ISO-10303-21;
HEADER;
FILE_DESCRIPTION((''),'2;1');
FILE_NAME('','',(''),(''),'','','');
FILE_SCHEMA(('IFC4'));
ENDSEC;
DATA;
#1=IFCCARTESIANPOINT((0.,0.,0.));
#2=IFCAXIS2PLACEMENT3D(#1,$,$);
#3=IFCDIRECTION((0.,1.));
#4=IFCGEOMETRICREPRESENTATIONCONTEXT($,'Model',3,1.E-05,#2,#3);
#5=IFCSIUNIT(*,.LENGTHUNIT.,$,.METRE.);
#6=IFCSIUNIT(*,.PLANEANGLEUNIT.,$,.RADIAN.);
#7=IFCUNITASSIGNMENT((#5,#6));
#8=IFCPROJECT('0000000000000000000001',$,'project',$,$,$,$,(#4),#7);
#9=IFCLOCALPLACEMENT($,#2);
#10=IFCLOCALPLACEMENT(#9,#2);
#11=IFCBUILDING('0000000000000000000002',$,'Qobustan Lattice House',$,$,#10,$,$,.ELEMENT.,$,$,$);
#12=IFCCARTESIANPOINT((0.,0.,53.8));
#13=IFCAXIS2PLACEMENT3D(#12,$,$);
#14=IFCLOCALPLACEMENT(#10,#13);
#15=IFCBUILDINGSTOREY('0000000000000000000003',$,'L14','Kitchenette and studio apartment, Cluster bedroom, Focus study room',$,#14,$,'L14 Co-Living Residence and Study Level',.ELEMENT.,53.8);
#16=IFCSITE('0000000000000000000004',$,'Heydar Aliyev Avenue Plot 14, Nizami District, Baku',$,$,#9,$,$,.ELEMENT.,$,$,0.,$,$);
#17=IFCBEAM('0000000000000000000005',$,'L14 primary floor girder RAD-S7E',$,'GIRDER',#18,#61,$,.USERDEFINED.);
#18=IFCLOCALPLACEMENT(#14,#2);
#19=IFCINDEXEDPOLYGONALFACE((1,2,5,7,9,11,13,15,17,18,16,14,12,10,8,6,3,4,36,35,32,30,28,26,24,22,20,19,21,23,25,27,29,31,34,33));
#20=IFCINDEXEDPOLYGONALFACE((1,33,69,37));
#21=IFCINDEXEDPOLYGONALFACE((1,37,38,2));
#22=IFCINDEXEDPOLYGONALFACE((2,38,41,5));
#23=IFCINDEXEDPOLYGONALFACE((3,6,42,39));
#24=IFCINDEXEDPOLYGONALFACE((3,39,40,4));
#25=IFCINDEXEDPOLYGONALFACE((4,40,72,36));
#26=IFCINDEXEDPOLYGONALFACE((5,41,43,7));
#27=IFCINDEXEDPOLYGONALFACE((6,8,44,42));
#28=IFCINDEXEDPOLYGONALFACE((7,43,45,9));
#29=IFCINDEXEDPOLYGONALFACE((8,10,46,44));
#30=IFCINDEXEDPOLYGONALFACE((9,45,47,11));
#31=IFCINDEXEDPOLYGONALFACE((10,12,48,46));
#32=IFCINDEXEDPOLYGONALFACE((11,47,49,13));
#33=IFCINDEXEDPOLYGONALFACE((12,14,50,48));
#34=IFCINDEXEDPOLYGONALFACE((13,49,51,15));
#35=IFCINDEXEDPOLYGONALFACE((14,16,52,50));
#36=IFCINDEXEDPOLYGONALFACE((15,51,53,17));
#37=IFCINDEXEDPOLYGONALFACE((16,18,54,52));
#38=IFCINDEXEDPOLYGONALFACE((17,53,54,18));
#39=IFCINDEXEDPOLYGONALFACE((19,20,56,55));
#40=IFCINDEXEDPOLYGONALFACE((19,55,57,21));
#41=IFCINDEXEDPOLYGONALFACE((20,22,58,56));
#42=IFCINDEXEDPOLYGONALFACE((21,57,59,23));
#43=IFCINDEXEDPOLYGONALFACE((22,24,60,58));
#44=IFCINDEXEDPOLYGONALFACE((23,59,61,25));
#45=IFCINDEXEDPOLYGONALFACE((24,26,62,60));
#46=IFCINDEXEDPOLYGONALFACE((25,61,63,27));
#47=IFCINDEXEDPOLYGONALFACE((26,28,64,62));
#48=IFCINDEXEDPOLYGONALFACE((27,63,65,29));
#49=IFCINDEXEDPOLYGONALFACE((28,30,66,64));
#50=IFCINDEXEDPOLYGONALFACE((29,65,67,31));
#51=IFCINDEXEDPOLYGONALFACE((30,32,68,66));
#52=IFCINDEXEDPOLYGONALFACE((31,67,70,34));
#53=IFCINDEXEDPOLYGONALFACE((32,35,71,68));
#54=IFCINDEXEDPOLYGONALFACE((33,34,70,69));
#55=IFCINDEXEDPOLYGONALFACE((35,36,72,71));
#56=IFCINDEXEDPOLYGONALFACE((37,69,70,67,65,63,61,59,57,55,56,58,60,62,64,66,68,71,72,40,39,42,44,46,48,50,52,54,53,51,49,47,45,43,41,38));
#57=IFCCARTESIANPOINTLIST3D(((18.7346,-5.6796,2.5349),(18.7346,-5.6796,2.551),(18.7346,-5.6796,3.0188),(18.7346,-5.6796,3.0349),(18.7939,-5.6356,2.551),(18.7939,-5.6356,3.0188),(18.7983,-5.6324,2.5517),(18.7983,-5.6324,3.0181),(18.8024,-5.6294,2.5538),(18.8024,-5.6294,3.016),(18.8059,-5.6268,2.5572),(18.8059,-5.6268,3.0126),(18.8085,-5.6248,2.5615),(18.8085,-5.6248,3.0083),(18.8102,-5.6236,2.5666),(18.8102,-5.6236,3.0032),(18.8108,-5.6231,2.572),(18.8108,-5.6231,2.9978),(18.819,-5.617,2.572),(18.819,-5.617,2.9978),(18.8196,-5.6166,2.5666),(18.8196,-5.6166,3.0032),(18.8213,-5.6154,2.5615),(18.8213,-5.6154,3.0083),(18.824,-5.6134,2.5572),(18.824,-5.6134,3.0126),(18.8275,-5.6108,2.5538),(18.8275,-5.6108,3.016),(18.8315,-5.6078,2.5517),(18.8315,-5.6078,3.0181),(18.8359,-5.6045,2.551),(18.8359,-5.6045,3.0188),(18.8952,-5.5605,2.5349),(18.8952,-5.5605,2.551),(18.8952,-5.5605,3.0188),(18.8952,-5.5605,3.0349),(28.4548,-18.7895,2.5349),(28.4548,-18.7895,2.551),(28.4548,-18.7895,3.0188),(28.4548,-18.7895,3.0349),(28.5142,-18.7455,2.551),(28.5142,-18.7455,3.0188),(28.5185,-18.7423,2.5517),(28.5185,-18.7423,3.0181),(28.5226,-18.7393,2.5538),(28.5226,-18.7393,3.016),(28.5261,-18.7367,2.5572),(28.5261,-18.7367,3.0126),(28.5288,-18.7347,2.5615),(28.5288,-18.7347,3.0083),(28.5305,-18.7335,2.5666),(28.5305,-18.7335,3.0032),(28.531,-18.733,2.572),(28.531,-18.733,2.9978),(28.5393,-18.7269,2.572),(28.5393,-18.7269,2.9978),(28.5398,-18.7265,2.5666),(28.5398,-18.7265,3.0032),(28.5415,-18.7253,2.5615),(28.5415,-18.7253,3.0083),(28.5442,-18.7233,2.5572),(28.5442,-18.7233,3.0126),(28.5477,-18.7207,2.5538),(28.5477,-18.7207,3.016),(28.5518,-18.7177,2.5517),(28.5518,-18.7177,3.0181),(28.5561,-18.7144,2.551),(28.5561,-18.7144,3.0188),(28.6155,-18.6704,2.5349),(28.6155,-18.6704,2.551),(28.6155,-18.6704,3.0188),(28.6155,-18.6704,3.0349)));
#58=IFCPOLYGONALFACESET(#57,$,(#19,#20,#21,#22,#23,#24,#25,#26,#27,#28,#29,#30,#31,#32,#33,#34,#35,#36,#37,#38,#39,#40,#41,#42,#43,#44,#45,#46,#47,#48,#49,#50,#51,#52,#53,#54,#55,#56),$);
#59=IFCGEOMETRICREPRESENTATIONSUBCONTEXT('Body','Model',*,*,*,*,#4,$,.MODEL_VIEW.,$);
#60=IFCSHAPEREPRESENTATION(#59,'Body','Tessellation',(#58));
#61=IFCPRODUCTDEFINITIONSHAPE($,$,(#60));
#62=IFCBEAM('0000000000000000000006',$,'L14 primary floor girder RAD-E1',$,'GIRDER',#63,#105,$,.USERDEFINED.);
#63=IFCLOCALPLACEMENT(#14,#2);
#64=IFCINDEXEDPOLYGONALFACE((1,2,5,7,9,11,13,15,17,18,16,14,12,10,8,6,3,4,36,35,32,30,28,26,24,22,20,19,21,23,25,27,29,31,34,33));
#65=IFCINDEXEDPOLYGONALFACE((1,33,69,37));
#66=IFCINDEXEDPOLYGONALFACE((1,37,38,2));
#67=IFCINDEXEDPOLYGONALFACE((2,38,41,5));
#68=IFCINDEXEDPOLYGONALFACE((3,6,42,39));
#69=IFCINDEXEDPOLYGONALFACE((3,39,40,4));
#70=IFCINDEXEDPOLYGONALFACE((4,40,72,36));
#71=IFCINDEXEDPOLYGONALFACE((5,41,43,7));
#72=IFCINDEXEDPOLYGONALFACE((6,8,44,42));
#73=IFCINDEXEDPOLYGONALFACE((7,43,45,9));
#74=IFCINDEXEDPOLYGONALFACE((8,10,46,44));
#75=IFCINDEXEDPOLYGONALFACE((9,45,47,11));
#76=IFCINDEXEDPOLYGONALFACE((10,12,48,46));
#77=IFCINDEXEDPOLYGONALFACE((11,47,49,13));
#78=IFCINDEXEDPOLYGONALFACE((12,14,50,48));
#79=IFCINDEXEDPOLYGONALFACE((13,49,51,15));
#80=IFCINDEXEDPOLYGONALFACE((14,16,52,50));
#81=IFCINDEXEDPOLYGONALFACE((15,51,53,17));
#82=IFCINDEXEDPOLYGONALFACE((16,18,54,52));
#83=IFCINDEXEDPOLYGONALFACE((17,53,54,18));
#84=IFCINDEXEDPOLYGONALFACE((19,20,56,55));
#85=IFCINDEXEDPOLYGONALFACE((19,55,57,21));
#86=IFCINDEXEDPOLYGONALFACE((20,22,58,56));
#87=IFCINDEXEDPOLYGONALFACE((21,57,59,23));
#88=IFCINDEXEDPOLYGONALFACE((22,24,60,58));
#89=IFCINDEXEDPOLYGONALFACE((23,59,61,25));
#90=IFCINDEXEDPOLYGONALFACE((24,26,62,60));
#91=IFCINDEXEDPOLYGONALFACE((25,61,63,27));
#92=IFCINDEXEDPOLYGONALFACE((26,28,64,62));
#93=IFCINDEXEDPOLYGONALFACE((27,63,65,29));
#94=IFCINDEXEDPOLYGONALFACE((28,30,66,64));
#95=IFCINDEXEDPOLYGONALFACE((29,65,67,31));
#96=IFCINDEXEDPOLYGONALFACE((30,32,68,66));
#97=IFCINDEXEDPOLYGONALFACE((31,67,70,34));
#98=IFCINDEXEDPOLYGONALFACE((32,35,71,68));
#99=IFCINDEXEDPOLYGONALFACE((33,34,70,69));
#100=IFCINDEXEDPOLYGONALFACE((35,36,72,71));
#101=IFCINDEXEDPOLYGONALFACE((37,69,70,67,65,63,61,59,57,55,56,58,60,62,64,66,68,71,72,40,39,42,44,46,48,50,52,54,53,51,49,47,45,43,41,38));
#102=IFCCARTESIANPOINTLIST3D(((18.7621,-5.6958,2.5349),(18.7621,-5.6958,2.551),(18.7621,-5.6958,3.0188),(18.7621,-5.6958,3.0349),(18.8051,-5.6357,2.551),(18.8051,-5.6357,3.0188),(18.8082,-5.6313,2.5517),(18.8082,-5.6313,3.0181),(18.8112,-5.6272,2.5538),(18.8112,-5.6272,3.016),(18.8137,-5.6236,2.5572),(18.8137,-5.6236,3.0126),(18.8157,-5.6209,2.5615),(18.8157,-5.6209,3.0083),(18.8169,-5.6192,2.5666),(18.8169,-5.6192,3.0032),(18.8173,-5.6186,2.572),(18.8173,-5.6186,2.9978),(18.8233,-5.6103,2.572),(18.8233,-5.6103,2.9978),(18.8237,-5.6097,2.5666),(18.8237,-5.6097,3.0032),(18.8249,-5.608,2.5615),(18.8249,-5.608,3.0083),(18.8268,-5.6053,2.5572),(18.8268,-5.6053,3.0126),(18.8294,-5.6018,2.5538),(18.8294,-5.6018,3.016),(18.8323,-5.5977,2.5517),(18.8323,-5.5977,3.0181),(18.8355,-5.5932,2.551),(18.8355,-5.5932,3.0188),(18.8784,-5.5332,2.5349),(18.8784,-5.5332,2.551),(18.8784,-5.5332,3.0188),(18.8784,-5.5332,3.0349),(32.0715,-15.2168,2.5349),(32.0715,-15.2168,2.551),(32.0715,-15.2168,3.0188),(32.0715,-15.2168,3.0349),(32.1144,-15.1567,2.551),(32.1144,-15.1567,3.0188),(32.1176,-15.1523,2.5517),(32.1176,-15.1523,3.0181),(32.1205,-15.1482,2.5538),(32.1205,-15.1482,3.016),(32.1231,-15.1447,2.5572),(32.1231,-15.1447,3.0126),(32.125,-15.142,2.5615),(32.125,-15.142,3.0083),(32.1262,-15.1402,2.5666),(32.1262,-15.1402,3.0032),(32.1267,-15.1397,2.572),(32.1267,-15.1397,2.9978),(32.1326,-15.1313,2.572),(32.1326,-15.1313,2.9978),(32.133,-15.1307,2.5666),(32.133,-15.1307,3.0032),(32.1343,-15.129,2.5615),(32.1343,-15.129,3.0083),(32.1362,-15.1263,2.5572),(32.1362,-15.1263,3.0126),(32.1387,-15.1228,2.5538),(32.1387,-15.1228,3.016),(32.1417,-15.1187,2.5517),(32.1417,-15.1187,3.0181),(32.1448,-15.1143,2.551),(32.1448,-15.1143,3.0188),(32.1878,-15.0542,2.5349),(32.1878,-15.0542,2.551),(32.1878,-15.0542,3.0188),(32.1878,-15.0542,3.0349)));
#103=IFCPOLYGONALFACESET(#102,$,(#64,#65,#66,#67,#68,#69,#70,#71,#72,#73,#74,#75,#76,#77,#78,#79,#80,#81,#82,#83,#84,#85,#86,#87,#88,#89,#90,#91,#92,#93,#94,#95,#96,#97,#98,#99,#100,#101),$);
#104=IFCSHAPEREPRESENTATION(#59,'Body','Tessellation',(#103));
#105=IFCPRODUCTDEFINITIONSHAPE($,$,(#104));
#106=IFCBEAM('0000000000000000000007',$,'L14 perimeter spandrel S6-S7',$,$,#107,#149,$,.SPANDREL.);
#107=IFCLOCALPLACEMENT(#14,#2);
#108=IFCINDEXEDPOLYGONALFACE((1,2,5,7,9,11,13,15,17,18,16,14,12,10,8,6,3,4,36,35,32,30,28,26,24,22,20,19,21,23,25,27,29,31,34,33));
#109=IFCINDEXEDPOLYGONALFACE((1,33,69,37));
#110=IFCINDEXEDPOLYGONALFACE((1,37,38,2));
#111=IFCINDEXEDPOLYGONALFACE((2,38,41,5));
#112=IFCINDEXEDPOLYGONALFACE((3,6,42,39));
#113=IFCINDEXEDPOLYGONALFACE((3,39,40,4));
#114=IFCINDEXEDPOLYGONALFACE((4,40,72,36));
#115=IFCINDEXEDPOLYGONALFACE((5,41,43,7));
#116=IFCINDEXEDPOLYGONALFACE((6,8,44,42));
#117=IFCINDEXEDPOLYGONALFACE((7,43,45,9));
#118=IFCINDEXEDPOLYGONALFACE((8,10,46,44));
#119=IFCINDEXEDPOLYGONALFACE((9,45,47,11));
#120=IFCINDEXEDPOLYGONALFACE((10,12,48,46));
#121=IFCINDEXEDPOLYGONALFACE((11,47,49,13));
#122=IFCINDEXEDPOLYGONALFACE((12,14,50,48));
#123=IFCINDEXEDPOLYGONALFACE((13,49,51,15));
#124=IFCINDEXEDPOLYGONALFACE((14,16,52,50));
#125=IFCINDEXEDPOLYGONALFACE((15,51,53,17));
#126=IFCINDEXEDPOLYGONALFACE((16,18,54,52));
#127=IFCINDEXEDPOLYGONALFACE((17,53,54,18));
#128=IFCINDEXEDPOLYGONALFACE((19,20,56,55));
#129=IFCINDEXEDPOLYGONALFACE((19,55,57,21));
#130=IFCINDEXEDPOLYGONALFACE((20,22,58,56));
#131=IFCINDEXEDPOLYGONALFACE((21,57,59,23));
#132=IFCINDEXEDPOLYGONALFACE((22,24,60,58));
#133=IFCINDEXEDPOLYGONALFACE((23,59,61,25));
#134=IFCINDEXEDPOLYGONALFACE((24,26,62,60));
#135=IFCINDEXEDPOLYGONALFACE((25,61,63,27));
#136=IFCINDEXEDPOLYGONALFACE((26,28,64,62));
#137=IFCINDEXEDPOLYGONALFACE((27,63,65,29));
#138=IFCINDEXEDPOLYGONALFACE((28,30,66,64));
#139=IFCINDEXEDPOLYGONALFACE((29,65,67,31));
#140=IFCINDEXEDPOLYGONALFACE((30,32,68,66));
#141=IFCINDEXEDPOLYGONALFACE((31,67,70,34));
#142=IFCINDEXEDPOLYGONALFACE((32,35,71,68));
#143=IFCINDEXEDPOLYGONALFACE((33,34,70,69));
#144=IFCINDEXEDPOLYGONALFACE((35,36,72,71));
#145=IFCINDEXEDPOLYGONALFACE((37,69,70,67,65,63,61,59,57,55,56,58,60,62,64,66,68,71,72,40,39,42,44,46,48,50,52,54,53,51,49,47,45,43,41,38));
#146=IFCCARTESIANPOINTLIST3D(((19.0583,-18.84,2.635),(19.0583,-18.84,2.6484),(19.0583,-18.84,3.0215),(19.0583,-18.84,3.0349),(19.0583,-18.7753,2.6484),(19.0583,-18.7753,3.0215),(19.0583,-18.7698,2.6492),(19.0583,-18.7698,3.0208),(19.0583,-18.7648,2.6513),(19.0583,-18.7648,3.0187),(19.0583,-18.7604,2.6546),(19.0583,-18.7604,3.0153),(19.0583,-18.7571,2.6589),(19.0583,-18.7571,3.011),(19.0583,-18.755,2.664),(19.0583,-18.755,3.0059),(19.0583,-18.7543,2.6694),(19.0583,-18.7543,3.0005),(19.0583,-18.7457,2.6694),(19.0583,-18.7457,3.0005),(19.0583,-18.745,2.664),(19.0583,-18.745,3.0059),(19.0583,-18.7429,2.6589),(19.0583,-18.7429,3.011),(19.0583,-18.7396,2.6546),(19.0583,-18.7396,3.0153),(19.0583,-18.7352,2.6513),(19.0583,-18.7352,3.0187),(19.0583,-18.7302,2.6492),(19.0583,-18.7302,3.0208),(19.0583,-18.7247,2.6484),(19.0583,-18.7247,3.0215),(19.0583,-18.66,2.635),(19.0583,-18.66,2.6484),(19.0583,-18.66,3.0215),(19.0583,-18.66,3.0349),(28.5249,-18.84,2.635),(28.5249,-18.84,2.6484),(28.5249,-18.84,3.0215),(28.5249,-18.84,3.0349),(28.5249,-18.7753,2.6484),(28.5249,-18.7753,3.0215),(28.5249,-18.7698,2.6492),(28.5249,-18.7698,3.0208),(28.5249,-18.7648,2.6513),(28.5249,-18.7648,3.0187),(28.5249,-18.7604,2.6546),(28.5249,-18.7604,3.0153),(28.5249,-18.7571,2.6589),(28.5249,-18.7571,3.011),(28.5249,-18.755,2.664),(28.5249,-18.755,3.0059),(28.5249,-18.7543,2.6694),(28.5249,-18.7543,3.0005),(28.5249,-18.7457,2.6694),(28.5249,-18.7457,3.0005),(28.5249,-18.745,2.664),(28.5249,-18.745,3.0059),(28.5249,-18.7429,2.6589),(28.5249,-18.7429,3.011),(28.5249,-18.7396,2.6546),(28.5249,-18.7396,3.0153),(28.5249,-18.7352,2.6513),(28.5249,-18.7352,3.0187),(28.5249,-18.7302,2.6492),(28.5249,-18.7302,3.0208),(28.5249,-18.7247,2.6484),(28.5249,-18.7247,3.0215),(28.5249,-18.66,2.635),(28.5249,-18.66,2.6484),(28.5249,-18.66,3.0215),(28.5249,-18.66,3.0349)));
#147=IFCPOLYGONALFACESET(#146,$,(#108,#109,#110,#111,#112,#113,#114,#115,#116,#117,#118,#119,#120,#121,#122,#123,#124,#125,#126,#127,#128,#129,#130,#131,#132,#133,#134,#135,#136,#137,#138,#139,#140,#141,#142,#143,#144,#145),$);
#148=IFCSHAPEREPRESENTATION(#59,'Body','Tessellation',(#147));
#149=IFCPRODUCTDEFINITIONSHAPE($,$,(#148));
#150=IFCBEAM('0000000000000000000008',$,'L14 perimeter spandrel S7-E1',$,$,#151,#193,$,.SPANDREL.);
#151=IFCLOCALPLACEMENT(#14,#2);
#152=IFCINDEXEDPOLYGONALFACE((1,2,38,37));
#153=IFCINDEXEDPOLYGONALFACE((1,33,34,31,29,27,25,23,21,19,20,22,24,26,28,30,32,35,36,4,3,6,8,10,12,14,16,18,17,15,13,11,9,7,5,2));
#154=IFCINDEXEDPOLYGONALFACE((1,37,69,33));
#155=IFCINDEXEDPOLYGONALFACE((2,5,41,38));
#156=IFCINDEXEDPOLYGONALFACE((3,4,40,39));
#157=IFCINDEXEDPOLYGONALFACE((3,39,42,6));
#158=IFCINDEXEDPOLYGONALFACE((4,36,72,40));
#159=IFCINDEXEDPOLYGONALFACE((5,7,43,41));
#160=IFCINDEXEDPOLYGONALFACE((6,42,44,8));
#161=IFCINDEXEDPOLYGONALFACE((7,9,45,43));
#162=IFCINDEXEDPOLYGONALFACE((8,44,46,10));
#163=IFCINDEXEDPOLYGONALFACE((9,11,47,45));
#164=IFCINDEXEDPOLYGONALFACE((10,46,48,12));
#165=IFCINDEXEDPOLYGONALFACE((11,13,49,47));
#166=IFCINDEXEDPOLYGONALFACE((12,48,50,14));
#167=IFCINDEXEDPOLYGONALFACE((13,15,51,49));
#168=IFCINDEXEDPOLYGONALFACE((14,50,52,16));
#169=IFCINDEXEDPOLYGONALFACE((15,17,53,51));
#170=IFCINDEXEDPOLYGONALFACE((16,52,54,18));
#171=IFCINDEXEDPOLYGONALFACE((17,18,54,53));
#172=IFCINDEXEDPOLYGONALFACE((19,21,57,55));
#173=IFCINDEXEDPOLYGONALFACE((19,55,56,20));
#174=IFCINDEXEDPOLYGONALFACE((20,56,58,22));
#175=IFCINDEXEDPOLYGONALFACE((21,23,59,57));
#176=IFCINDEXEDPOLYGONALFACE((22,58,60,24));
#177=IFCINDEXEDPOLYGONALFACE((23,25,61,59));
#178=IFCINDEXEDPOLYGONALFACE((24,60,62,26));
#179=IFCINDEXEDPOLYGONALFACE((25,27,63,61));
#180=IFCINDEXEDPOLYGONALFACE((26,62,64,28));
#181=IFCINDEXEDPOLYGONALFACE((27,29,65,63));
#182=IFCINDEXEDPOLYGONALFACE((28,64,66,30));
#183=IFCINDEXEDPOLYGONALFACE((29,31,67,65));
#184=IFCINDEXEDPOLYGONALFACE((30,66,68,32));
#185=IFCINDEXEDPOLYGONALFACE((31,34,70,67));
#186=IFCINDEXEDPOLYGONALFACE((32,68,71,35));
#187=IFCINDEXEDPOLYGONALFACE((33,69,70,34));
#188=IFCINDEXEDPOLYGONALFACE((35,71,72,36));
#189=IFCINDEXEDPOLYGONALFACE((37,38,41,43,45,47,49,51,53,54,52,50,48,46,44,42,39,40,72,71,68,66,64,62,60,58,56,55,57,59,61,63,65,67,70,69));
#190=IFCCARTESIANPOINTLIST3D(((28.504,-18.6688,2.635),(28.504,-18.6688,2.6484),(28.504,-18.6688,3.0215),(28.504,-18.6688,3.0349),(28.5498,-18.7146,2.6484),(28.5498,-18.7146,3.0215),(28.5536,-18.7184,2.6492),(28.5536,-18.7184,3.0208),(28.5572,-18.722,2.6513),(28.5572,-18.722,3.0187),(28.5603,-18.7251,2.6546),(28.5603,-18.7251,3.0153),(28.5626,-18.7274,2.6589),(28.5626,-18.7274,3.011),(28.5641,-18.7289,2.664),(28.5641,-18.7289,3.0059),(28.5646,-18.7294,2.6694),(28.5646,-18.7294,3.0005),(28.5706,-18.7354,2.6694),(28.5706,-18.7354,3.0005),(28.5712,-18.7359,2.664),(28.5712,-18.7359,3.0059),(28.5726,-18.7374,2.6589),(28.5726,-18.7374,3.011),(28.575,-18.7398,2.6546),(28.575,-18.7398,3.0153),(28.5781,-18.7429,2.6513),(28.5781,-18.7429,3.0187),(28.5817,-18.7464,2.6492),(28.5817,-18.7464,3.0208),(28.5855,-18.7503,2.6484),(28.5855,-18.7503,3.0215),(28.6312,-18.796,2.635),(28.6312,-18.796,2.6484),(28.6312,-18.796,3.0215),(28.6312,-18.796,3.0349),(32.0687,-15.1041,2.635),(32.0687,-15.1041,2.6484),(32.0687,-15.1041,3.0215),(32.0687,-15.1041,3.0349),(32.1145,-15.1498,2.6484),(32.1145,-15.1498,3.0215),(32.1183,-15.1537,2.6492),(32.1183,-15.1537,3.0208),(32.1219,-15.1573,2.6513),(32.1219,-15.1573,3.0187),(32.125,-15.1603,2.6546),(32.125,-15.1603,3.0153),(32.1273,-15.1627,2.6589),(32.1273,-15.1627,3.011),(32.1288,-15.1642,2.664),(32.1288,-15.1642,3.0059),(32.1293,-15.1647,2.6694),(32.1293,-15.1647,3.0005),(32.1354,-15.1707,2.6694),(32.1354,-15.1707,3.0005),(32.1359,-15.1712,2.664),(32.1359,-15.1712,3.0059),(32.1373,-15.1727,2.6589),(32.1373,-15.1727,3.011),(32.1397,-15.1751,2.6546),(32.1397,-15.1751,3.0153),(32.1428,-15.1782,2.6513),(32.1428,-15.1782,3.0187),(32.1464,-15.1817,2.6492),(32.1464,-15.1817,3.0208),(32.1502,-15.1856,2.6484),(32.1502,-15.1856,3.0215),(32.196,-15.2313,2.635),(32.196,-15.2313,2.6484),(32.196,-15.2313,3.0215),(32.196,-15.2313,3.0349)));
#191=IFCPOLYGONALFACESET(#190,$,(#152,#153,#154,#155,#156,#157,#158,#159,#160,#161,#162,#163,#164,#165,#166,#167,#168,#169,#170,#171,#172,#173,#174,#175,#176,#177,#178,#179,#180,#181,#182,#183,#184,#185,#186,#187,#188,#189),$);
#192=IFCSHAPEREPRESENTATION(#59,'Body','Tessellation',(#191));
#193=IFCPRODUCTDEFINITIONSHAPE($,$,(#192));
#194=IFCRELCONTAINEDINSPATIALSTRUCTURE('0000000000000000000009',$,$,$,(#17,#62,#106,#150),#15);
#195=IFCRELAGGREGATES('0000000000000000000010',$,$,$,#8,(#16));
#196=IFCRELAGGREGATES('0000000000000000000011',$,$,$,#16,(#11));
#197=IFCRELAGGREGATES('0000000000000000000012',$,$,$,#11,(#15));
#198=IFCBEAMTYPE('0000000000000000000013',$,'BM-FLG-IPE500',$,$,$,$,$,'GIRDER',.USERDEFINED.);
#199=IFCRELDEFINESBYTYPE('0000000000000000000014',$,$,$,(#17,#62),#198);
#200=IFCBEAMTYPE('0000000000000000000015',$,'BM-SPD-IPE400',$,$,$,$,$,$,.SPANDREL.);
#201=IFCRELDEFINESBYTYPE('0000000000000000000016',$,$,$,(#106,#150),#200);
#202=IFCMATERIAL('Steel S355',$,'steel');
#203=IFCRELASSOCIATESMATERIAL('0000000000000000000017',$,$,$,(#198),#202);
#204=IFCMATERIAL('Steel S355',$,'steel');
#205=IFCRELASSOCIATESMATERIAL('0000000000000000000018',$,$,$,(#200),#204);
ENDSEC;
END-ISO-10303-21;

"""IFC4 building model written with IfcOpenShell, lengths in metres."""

from ifc_helpers import new_model, si_unit, direction, frame, origin, origin_2d, place, context, subcontext, project, spatial, i_section, extrude, material, material_profile, profile_set, type_object, element, save


model = new_model("IFC4")

# Units and contexts
model_context = context("Model", 3, precision=1e-05, world=origin(), true_north=direction((0.0, 1.0)))
body_context = subcontext(model_context, "Body", "Model", "MODEL_VIEW")
ifc_project = project(units=[si_unit("LENGTHUNIT", "METRE"), si_unit("PLANEANGLEUNIT", "RADIAN")], contexts=[model_context])

# Site, building, storey
site_placement = place(None, origin())
site = spatial("IfcSite", under=ifc_project, at=site_placement, Name="Heydar Aliyev Avenue Plot 14, Nizami District, Baku", CompositionType="ELEMENT", RefElevation=0.0)
building_placement = place(site_placement, origin())
building = spatial("IfcBuilding", under=site, at=building_placement, Name="Qobustan Lattice House", CompositionType="ELEMENT")
storey_placement = place(building_placement, frame((0.0, 0.0, 53.8)))
storey = spatial("IfcBuildingStorey", under=building, at=storey_placement, Name="L14", Description="Kitchenette and studio apartment, Cluster bedroom, Focus study room", LongName="L14 Co-Living Residence and Study Level", CompositionType="ELEMENT", Elevation=53.8)

# Beams
ifc_material_1 = material(Name="Steel S355", Category="steel")
ifc_material_profile_1 = material_profile(ifc_material_1, i_section(OverallWidth=0.2, OverallDepth=0.5, WebThickness=0.0103, FlangeThickness=0.0161, FilletRadius=0.021, at=origin_2d()), Name="IPE500")
ifc_profile_set_1 = profile_set([ifc_material_profile_1], Name="Steel S355")
beam_type_1 = type_object("IfcBeamType", Name="BM-FLG-IPE500", ElementType="GIRDER", PredefinedType="USERDEFINED", material=ifc_profile_set_1)
beam_1_placement = place(storey_placement, frame((28.5352, -18.73, 2.7849), z_axis=(-0.595592, 0.803287, 0.0), x_axis=(-0.803287, -0.595592, 0.0)))
element("IfcBeam", 1, at=beam_1_placement, inside=storey, type_object=beam_type_1, Name="L14 primary floor girder RAD-S7E", ObjectType="GIRDER", PredefinedType="USERDEFINED", context=body_context, shape_type="SweptSolid", body=[
    extrude(i_section(OverallWidth=0.2, OverallDepth=0.5, WebThickness=0.0103, FlangeThickness=0.0161, FilletRadius=0.021, at=origin_2d()), origin(), (0.0, 0.0, 1.0), 16.3203),
])
beam_2_placement = place(storey_placement, frame((32.1296, -15.1355, 2.7849), z_axis=(-0.813319, 0.581818, 0.0), x_axis=(-0.581818, -0.813319, 0.0)))
element("IfcBeam", 2, at=beam_2_placement, inside=storey, type_object=beam_type_1, Name="L14 primary floor girder RAD-E1", ObjectType="GIRDER", PredefinedType="USERDEFINED", context=body_context, shape_type="SweptSolid", body=[
    extrude(i_section(OverallWidth=0.2, OverallDepth=0.5, WebThickness=0.0103, FlangeThickness=0.0161, FilletRadius=0.021, at=origin_2d()), origin(), (0.0, 0.0, 1.0), 16.3643),
])
ifc_material_2 = material(Name="Steel S355", Category="steel")
ifc_material_profile_2 = material_profile(ifc_material_2, i_section(OverallWidth=0.1799, OverallDepth=0.3999, WebThickness=0.0085, FlangeThickness=0.0134, FilletRadius=0.021, at=origin_2d()), Name="IPE400")
ifc_profile_set_2 = profile_set([ifc_material_profile_2], Name="Steel S355")
beam_type_2 = type_object("IfcBeamType", Name="BM-SPD-IPE400", PredefinedType="SPANDREL", material=ifc_profile_set_2)
beam_3_placement = place(storey_placement, frame((19.0583, -18.75, 2.835), z_axis=(1.0, 0.0, 0.0), x_axis=(0.0, 1.0, 0.0)))
element("IfcBeam", 3, at=beam_3_placement, inside=storey, type_object=beam_type_2, Name="L14 perimeter spandrel S6-S7", PredefinedType="SPANDREL", context=body_context, shape_type="SweptSolid", body=[
    extrude(i_section(OverallWidth=0.1799, OverallDepth=0.3999, WebThickness=0.0085, FlangeThickness=0.0134, FilletRadius=0.021, at=origin_2d()), origin(), (0.0, 0.0, 1.0), 9.4666),
])
beam_4_placement = place(storey_placement, frame((28.5676, -18.7324, 2.835), z_axis=(0.707107, 0.707107, 0.0), x_axis=(-0.707107, 0.707107, 0.0)))
element("IfcBeam", 4, at=beam_4_placement, inside=storey, type_object=beam_type_2, Name="L14 perimeter spandrel S7-E1", PredefinedType="SPANDREL", context=body_context, shape_type="SweptSolid", body=[
    extrude(i_section(OverallWidth=0.1799, OverallDepth=0.3999, WebThickness=0.0085, FlangeThickness=0.0134, FilletRadius=0.021, at=origin_2d()), origin(), (0.0, 0.0, 1.0), 5.0413),
])

save(model, "model.ifc")
